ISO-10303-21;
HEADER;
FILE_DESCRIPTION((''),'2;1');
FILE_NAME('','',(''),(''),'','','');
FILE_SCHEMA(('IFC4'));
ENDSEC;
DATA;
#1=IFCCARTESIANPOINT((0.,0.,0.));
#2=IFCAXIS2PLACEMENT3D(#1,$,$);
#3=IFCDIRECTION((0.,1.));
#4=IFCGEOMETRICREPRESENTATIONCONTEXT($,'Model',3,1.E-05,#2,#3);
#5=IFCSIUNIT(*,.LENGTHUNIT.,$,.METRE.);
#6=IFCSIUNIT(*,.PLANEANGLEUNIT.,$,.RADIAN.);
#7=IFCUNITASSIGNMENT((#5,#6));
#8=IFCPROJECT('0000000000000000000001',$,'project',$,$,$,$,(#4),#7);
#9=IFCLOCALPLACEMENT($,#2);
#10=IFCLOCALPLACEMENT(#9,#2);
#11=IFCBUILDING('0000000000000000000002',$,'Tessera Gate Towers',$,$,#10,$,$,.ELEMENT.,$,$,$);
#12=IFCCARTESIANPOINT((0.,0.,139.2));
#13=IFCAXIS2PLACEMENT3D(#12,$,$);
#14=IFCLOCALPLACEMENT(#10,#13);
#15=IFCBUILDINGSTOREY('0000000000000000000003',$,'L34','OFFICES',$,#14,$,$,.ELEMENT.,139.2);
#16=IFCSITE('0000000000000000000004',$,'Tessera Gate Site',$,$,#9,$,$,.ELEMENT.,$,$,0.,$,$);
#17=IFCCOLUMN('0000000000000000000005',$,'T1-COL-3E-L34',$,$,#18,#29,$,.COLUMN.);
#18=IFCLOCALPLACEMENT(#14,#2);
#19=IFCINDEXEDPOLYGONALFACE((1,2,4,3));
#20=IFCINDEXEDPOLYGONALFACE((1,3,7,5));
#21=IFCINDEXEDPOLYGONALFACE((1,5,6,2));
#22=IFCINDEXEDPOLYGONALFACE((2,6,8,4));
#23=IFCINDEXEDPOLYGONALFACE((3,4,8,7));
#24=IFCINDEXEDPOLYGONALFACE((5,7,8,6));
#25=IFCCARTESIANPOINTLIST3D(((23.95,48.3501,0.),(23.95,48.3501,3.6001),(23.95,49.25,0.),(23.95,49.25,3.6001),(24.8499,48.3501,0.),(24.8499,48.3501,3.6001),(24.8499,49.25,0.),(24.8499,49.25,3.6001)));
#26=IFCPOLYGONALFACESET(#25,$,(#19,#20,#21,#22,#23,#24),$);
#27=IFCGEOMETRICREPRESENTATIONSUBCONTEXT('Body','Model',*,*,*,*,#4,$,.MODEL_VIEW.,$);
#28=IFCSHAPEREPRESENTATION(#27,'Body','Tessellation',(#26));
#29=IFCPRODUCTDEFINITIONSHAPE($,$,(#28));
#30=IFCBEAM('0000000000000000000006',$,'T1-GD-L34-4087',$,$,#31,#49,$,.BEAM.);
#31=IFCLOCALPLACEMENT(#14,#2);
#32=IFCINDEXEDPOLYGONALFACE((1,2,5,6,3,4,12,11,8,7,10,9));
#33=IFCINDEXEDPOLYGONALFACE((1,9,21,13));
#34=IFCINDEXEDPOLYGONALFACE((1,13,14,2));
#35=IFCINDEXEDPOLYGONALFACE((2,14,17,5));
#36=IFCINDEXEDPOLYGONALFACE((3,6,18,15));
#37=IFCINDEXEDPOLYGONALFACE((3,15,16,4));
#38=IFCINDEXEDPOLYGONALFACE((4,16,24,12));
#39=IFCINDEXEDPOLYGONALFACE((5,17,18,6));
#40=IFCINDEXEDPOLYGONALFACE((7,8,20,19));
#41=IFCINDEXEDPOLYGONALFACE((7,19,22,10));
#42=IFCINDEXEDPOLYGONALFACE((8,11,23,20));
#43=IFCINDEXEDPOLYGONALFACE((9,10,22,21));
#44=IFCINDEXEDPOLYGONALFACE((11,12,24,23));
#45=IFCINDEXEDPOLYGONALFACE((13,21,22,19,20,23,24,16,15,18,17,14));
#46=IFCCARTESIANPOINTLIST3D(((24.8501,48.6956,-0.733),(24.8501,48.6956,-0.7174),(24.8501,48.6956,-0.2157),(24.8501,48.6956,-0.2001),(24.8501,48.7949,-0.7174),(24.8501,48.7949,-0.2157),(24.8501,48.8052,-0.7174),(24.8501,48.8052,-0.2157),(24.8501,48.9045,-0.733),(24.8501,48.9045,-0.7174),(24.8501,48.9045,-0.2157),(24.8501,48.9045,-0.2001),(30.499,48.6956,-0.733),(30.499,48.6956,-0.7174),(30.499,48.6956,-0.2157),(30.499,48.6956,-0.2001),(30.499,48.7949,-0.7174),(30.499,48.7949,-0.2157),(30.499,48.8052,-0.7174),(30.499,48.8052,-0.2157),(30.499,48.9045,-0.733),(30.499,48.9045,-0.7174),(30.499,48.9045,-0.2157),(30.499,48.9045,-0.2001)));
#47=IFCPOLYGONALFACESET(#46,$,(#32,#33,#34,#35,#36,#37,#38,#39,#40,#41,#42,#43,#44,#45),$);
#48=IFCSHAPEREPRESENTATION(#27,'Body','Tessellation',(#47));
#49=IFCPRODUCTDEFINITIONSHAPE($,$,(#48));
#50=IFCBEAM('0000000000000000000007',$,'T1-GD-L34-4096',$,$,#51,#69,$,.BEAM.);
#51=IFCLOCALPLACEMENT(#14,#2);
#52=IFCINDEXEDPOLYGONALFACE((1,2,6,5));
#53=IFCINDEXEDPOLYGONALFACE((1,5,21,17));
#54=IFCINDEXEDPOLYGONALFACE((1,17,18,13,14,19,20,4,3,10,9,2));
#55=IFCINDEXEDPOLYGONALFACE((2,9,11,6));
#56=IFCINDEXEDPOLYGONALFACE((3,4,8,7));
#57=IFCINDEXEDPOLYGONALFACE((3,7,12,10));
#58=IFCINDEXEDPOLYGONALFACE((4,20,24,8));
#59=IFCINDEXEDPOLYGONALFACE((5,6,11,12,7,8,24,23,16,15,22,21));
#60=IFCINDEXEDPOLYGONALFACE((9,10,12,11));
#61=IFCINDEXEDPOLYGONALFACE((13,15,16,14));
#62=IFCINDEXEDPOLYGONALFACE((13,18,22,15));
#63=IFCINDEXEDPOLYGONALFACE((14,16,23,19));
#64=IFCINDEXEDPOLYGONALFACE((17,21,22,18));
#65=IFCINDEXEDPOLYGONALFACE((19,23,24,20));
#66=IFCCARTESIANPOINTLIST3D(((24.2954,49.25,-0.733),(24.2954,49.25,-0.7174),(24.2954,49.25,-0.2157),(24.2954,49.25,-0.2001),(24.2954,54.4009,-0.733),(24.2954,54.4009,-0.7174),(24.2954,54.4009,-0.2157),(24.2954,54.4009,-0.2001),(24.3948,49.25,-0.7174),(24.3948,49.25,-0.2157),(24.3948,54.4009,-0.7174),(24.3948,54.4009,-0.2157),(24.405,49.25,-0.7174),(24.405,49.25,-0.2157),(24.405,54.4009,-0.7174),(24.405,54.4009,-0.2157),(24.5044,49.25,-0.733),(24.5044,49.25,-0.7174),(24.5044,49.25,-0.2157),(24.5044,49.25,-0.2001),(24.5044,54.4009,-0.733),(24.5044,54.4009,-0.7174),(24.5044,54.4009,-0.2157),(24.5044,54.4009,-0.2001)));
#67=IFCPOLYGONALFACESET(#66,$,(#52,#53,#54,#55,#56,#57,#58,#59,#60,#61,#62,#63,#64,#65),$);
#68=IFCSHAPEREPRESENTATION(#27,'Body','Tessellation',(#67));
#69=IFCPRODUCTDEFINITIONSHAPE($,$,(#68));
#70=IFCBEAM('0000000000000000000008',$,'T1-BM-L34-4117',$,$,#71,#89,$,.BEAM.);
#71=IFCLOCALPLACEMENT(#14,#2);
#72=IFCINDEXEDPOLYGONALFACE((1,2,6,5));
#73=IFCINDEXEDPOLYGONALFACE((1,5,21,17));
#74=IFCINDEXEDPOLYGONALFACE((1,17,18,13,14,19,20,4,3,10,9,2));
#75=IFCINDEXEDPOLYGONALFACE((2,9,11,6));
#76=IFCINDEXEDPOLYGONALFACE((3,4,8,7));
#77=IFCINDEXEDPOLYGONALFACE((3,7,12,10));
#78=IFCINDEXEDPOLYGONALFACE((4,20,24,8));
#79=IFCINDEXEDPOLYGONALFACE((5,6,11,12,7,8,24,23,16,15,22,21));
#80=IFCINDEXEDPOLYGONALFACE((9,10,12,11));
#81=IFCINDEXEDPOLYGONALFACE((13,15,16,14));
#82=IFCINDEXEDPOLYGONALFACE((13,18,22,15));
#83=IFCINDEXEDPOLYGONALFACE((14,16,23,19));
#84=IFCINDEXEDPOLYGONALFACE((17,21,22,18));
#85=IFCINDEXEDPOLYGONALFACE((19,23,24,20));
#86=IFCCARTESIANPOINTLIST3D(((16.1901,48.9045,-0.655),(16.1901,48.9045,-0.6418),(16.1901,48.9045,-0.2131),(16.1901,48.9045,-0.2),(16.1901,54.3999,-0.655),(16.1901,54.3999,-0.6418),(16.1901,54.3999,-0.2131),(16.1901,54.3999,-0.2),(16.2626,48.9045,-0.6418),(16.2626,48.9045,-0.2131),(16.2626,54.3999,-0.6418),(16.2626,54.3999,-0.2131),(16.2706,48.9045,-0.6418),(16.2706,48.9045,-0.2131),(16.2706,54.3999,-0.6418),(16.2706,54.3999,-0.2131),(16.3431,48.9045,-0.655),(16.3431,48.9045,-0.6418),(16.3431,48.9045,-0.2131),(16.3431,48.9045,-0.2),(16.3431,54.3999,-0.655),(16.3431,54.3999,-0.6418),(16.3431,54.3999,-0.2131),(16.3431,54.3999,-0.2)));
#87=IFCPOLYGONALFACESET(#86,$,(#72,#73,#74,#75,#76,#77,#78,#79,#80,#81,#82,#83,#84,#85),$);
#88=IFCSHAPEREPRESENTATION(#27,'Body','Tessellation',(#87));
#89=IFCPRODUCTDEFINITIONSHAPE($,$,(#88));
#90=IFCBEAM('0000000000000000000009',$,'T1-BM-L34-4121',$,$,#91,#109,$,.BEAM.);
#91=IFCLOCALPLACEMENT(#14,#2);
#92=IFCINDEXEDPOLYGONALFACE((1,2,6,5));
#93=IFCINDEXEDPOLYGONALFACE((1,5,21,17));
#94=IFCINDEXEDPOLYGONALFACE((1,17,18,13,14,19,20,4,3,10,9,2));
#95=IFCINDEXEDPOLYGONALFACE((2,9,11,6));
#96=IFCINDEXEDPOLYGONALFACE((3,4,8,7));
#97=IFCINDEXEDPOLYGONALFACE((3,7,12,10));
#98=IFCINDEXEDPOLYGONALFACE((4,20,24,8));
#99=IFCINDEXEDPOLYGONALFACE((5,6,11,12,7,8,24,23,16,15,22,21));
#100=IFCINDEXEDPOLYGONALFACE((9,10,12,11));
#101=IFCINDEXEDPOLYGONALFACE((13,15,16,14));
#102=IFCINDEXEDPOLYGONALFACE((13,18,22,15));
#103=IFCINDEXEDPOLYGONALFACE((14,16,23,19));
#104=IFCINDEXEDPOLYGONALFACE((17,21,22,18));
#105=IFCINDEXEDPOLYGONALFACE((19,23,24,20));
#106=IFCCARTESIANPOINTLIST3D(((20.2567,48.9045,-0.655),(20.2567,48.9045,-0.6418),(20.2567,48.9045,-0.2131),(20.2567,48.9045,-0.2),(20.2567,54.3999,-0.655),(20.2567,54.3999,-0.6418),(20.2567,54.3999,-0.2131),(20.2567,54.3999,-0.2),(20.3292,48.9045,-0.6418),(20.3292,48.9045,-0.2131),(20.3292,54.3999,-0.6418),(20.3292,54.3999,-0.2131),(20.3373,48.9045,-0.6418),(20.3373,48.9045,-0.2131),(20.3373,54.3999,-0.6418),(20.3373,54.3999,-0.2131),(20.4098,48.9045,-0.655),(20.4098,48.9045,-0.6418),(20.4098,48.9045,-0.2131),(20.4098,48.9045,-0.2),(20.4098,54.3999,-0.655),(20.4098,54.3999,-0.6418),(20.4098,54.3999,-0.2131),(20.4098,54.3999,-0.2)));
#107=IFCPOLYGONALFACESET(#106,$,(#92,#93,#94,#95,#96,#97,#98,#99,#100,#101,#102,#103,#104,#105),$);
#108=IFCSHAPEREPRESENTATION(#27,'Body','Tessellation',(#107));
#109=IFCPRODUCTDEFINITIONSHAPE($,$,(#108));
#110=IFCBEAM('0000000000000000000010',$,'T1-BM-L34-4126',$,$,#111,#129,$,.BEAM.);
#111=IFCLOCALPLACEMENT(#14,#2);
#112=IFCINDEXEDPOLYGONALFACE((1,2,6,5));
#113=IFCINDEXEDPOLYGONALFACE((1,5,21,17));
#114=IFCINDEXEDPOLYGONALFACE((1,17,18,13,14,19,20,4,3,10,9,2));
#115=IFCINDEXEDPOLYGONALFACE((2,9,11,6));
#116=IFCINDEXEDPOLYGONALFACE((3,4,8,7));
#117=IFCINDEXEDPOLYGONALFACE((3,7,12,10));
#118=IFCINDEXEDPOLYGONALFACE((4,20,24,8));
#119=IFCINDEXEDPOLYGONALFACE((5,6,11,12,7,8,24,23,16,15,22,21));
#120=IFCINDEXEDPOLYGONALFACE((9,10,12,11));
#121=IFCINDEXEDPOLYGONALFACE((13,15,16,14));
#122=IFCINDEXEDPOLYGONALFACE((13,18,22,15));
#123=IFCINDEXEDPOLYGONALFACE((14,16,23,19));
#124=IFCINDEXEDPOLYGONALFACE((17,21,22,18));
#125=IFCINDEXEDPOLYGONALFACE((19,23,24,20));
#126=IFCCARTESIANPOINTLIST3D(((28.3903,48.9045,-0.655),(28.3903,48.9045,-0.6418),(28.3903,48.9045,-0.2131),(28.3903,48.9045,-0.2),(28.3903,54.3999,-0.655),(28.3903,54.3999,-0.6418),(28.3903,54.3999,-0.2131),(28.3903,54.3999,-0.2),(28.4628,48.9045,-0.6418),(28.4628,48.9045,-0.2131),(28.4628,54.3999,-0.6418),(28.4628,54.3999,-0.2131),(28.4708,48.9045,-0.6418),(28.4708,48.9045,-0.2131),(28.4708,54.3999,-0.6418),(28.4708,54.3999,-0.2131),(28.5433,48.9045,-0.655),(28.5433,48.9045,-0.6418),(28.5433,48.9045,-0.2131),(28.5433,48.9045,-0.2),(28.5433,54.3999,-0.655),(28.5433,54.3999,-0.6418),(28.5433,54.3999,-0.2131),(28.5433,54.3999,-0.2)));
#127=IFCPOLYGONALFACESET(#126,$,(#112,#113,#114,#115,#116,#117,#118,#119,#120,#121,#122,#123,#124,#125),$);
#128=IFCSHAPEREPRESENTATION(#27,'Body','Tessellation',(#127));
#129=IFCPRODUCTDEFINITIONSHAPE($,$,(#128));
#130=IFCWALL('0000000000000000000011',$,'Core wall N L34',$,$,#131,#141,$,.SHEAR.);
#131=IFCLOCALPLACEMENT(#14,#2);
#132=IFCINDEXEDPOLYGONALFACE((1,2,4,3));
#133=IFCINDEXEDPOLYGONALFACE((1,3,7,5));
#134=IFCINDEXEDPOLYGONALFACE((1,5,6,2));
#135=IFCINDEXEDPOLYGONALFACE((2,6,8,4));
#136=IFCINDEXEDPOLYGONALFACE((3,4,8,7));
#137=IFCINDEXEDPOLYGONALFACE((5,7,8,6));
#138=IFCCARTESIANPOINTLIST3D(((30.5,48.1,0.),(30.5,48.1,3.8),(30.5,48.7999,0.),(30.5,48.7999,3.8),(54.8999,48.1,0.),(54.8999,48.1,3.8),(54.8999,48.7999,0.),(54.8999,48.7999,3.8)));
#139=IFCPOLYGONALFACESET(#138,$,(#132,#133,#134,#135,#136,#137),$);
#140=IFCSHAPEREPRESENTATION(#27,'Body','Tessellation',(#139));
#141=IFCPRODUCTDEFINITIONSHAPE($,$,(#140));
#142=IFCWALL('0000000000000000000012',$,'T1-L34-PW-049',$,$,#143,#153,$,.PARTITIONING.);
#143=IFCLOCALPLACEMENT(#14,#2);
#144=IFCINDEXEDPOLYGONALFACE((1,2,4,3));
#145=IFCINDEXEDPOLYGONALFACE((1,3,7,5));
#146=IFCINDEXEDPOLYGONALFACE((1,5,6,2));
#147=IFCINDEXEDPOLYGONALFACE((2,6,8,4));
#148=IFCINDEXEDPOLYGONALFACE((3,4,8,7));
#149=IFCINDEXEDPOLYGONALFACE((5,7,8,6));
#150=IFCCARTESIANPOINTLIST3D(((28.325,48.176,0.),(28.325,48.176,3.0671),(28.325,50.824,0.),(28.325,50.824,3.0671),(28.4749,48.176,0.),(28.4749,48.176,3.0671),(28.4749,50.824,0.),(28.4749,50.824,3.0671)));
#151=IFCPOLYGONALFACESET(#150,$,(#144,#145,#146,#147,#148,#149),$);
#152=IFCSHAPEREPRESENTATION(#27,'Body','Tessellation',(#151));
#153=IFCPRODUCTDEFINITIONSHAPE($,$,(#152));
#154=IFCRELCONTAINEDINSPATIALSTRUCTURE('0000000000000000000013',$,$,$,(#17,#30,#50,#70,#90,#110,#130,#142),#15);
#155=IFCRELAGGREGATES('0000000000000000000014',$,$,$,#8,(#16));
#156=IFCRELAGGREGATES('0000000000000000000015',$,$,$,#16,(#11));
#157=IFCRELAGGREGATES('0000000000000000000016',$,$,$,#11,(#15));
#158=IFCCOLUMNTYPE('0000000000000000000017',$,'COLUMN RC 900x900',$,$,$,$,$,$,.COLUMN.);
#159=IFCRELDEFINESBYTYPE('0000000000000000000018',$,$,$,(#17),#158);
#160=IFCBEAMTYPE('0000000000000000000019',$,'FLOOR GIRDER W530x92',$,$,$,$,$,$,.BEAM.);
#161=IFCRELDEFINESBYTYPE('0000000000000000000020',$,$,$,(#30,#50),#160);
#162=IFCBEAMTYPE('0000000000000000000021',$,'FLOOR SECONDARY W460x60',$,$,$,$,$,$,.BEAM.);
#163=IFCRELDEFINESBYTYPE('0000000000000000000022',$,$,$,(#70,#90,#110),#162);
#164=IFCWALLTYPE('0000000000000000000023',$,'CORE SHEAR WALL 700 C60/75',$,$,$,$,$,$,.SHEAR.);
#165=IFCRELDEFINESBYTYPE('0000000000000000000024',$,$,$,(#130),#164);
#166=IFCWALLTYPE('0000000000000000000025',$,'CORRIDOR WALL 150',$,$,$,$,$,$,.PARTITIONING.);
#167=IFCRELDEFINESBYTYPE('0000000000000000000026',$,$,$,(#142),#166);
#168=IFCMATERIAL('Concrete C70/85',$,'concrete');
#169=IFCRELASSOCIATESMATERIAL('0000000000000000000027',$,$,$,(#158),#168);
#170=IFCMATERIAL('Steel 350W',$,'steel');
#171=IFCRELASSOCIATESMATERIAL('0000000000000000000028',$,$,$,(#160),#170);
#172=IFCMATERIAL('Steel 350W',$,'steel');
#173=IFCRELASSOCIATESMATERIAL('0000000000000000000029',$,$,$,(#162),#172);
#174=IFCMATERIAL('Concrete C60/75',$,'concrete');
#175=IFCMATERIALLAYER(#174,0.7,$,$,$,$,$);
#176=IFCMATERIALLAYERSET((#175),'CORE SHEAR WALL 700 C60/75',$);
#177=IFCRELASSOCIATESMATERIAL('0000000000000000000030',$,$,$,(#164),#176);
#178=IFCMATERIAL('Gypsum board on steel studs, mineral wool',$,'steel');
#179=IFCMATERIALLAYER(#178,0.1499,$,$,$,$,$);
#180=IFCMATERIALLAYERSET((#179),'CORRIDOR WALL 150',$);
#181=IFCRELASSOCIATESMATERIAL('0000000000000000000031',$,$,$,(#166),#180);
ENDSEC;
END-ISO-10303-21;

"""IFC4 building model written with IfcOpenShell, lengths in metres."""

from ifc_helpers import new_model, si_unit, direction, frame, frame_2d, origin, origin_2d, place, context, subcontext, project, spatial, rectangle, i_section, extrude, material, layer, layer_set, material_profile, profile_set, type_object, element, save


model = new_model("IFC4")

# Units and contexts
model_context = context("Model", 3, precision=1e-05, world=origin(), true_north=direction((0.0, 1.0)))
body_context = subcontext(model_context, "Body", "Model", "MODEL_VIEW")
ifc_project = project(units=[si_unit("LENGTHUNIT", "METRE"), si_unit("PLANEANGLEUNIT", "RADIAN")], contexts=[model_context])

# Site, building, storey
site_placement = place(None, origin())
site = spatial("IfcSite", under=ifc_project, at=site_placement, Name="Tessera Gate Site", CompositionType="ELEMENT", RefElevation=0.0)
building_placement = place(site_placement, origin())
building = spatial("IfcBuilding", under=site, at=building_placement, Name="Tessera Gate Towers", CompositionType="ELEMENT")
storey_placement = place(building_placement, frame((0.0, 0.0, 139.2)))
storey = spatial("IfcBuildingStorey", under=building, at=storey_placement, Name="L34", Description="OFFICES", CompositionType="ELEMENT", Elevation=139.2)

# Column
ifc_material_1 = material(Name="Concrete C70/85", Category="concrete")
ifc_material_profile_1 = material_profile(ifc_material_1, rectangle(XDim=0.8999, YDim=0.8999, at=origin_2d()), Name="RC 900x900")
ifc_profile_set_1 = profile_set([ifc_material_profile_1], Name="Concrete C70/85")
column_type = type_object("IfcColumnType", Name="COLUMN RC 900x900", PredefinedType="COLUMN", material=ifc_profile_set_1)
column_placement = place(storey_placement, frame((24.3999, 48.8, 0.0), z_axis=(0.0, 0.0, 1.0), x_axis=(1.0, 0.0, 0.0)))
element("IfcColumn", 1, at=column_placement, inside=storey, type_object=column_type, Name="T1-COL-3E-L34", PredefinedType="COLUMN", context=body_context, shape_type="SweptSolid", body=[
    extrude(rectangle(XDim=0.8999, YDim=0.8999, at=origin_2d()), origin(), (0.0, 0.0, 1.0), 3.6001),
])

# Beams
ifc_material_2 = material(Name="Steel 350W", Category="steel")
ifc_material_profile_2 = material_profile(ifc_material_2, i_section(OverallWidth=0.209, OverallDepth=0.533, WebThickness=0.0103, FlangeThickness=0.0156, at=origin_2d()), Name="W530x92")
ifc_profile_set_2 = profile_set([ifc_material_profile_2], Name="Steel 350W")
beam_type_1 = type_object("IfcBeamType", Name="FLOOR GIRDER W530x92", PredefinedType="BEAM", material=ifc_profile_set_2)
beam_1_placement = place(storey_placement, frame((24.8501, 48.8, -0.4666), z_axis=(1.0, 0.0, 0.0), x_axis=(0.0, 1.0, 0.0)))
element("IfcBeam", 2, at=beam_1_placement, inside=storey, type_object=beam_type_1, Name="T1-GD-L34-4087", PredefinedType="BEAM", context=body_context, shape_type="SweptSolid", body=[
    extrude(i_section(OverallWidth=0.209, OverallDepth=0.533, WebThickness=0.0103, FlangeThickness=0.0156, at=origin_2d()), origin(), (0.0, 0.0, 1.0), 5.6489),
])
beam_2_placement = place(storey_placement, frame((24.3999, 49.25, -0.4666), z_axis=(0.0, 1.0, 0.0), x_axis=(-1.0, 0.0, 0.0)))
element("IfcBeam", 3, at=beam_2_placement, inside=storey, type_object=beam_type_1, Name="T1-GD-L34-4096", PredefinedType="BEAM", context=body_context, shape_type="SweptSolid", body=[
    extrude(i_section(OverallWidth=0.209, OverallDepth=0.533, WebThickness=0.0103, FlangeThickness=0.0156, at=origin_2d()), origin(), (0.0, 0.0, 1.0), 5.1509),
])
ifc_material_3 = material(Name="Steel 350W", Category="steel")
ifc_material_profile_3 = material_profile(ifc_material_3, i_section(OverallWidth=0.1531, OverallDepth=0.4551, WebThickness=0.0081, FlangeThickness=0.0132, at=origin_2d()), Name="W460x60")
ifc_profile_set_3 = profile_set([ifc_material_profile_3], Name="Steel 350W")
beam_type_2 = type_object("IfcBeamType", Name="FLOOR SECONDARY W460x60", PredefinedType="BEAM", material=ifc_profile_set_3)
for number, where, z_axis, x_axis, name in (
    (4, (16.2666, 48.9045, -0.4275), (0.0, 1.0, 0.0), (-1.0, 0.0, 0.0), "T1-BM-L34-4117"),
    (5, (20.3333, 48.9045, -0.4275), (0.0, 1.0, 0.0), (-1.0, 0.0, 0.0), "T1-BM-L34-4121"),
    (6, (28.4668, 48.9045, -0.4275), (0.0, 1.0, 0.0), (-1.0, 0.0, 0.0), "T1-BM-L34-4126"),
):
    element("IfcBeam", number, at=place(storey_placement, frame(where, z_axis=z_axis, x_axis=x_axis)), inside=storey, type_object=beam_type_2, Name=name, PredefinedType="BEAM", context=body_context, shape_type="SweptSolid", body=[
        extrude(i_section(OverallWidth=0.1531, OverallDepth=0.4551, WebThickness=0.0081, FlangeThickness=0.0132, at=origin_2d()), origin(), (0.0, 0.0, 1.0), 5.4954),
    ])

# Walls
ifc_material_4 = material(Name="Concrete C60/75", Category="concrete")
ifc_layer_1 = layer(ifc_material_4, 0.7)
ifc_layer_set_1 = layer_set([ifc_layer_1], Name="CORE SHEAR WALL 700 C60/75")
wall_type_1 = type_object("IfcWallType", Name="CORE SHEAR WALL 700 C60/75", PredefinedType="SHEAR", material=ifc_layer_set_1)
wall_1_placement = place(storey_placement, frame((30.5, 48.45, 0.0), z_axis=(0.0, 0.0, 1.0), x_axis=(1.0, 0.0, 0.0)))
element("IfcWall", 7, at=wall_1_placement, inside=storey, type_object=wall_type_1, Name="Core wall N L34", PredefinedType="SHEAR", context=body_context, shape_type="SweptSolid", body=[
    extrude(rectangle(XDim=24.3999, YDim=0.7, at=frame_2d((12.2, 0.0))), origin(), (0.0, 0.0, 1.0), 3.8),
])
ifc_material_5 = material(Name="Gypsum board on steel studs, mineral wool", Category="steel")
ifc_layer_2 = layer(ifc_material_5, 0.1499)
ifc_layer_set_2 = layer_set([ifc_layer_2], Name="CORRIDOR WALL 150")
wall_type_2 = type_object("IfcWallType", Name="CORRIDOR WALL 150", PredefinedType="PARTITIONING", material=ifc_layer_set_2)
wall_2_placement = place(storey_placement, frame((28.3999, 48.176, 0.0), z_axis=(0.0, 0.0, 1.0), x_axis=(0.0, 1.0, 0.0)))
element("IfcWall", 8, at=wall_2_placement, inside=storey, type_object=wall_type_2, Name="T1-L34-PW-049", PredefinedType="PARTITIONING", context=body_context, shape_type="SweptSolid", body=[
    extrude(rectangle(XDim=2.6479, YDim=0.1499, at=frame_2d((1.324, 0.0))), origin(), (0.0, 0.0, 1.0), 3.0671),
])

save(model, "model.ifc")
